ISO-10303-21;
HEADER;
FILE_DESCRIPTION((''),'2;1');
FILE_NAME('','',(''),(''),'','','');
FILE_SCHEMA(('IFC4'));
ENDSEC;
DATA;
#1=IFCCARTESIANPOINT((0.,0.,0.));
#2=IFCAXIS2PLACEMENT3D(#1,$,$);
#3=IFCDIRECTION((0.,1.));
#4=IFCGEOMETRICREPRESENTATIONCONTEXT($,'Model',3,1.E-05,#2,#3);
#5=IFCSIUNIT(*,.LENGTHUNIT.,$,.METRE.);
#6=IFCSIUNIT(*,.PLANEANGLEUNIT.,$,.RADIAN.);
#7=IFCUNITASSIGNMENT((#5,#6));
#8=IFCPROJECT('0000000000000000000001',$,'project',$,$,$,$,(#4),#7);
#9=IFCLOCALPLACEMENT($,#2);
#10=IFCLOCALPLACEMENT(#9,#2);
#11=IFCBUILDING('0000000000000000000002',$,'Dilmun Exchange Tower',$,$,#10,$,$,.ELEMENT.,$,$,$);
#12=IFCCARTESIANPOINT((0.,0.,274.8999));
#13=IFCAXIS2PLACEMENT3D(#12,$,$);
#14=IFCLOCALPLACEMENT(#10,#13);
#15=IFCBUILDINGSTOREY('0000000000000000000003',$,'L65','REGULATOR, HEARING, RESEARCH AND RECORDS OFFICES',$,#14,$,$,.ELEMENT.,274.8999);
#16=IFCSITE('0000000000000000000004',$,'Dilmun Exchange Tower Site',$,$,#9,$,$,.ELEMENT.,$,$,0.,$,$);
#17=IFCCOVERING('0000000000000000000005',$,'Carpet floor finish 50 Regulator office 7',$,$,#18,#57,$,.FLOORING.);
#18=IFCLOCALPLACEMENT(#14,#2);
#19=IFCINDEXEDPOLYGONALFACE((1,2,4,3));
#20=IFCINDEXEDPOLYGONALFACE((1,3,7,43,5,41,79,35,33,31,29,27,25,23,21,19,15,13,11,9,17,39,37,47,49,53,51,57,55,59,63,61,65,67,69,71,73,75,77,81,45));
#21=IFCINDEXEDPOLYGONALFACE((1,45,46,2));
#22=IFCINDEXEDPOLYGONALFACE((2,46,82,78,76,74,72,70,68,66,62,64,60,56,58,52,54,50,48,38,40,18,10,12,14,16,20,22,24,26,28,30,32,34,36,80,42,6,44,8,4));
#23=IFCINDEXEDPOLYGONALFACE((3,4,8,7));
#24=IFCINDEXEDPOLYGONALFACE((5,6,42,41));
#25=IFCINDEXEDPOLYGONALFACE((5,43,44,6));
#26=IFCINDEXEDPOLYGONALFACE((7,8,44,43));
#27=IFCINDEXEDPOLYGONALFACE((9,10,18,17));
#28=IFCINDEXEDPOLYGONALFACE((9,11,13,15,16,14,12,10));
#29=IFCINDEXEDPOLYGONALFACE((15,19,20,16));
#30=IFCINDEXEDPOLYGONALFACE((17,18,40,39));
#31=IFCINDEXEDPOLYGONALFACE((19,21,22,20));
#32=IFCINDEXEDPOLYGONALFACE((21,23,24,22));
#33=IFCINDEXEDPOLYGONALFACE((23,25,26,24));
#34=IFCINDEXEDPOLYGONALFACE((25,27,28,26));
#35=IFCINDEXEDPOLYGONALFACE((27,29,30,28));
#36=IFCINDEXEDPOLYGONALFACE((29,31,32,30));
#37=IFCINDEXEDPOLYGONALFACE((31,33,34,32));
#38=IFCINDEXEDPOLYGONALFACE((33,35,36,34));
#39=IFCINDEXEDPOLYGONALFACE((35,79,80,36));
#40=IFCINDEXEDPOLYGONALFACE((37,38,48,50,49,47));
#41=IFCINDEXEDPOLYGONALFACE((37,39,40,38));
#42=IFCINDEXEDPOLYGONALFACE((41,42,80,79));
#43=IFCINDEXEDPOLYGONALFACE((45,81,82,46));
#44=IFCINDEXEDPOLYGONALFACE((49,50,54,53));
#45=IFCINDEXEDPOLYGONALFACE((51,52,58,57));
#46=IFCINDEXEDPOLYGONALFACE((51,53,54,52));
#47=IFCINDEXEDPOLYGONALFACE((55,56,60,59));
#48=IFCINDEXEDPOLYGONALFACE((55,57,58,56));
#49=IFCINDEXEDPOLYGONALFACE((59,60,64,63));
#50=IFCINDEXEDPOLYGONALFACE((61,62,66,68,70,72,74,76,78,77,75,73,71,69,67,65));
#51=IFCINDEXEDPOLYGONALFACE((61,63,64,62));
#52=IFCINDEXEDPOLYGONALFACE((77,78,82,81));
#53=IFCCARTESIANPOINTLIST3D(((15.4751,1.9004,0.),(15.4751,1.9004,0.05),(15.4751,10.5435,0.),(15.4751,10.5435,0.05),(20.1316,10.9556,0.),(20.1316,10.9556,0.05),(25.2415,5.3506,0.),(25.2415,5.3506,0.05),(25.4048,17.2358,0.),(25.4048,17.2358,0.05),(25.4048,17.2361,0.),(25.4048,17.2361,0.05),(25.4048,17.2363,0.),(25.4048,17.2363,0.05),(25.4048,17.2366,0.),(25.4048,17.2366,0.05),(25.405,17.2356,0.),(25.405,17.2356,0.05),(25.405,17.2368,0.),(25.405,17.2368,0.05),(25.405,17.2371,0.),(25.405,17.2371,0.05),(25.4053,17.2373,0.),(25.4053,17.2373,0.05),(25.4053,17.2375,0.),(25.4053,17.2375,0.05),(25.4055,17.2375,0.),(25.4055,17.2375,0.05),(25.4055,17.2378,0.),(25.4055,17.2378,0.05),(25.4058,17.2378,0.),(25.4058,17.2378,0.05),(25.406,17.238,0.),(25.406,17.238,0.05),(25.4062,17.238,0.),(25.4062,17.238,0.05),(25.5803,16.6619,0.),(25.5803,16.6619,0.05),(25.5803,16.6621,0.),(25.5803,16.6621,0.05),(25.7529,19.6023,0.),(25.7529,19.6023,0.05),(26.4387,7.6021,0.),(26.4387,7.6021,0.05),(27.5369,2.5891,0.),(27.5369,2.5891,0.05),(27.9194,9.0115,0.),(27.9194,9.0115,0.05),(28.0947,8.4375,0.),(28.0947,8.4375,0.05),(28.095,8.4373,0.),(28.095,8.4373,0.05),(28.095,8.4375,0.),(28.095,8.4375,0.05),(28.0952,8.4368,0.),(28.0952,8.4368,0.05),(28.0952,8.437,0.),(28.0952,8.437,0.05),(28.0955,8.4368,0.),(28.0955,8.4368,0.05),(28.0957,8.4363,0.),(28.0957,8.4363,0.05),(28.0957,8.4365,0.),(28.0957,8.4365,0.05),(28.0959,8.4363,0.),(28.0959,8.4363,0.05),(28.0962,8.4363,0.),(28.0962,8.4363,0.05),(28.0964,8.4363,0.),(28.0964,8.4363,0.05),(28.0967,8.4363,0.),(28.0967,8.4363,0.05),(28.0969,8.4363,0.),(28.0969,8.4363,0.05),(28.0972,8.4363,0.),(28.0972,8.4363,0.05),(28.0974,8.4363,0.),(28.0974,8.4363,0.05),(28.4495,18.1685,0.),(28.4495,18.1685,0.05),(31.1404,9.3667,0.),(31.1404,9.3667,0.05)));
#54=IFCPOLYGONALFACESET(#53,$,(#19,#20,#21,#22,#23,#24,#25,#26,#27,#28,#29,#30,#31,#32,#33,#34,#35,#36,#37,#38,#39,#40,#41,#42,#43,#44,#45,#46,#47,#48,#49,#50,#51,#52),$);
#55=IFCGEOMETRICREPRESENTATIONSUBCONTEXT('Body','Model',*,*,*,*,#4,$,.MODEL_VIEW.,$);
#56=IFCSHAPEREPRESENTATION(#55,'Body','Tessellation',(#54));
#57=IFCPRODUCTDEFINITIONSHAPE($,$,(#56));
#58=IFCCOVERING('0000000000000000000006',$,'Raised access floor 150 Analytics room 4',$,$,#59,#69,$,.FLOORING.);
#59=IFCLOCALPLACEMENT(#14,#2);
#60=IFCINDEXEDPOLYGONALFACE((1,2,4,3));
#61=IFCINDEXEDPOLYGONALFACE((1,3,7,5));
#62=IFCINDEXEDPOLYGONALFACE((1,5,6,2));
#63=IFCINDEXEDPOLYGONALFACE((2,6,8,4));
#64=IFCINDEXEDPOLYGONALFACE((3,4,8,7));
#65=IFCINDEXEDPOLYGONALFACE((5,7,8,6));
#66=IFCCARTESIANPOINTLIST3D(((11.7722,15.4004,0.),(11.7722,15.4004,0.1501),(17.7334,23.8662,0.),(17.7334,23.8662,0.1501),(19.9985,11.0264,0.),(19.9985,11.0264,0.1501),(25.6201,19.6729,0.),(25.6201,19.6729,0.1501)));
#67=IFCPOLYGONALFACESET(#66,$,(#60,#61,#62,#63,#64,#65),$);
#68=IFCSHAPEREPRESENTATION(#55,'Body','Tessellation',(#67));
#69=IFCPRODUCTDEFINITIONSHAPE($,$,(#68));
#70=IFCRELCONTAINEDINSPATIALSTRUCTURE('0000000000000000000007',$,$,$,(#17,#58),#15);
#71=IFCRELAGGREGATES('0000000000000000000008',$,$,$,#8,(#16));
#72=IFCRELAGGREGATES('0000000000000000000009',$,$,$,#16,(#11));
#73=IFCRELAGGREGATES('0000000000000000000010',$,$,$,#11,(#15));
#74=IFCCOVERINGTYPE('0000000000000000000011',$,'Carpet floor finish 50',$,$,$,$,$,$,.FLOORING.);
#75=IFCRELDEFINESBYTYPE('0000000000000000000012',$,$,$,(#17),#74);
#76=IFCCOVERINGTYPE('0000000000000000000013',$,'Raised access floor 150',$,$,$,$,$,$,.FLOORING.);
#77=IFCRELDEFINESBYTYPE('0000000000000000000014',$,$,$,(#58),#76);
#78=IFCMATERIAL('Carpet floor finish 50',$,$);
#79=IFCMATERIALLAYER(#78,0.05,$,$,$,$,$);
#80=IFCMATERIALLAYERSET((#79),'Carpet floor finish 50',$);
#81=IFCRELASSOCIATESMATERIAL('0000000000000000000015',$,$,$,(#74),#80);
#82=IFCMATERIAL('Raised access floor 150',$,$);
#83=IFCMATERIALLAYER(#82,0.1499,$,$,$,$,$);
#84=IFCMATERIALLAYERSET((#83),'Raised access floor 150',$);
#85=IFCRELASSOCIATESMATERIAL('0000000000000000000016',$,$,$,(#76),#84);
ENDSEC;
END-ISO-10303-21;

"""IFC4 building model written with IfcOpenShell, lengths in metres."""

from ifc_helpers import new_model, si_unit, direction, frame, origin, place, context, subcontext, project, spatial, polyline, outline, extrude, material, layer, layer_set, type_object, element, save


model = new_model("IFC4")

# Units and contexts
model_context = context("Model", 3, precision=1e-05, world=origin(), true_north=direction((0.0, 1.0)))
body_context = subcontext(model_context, "Body", "Model", "MODEL_VIEW")
ifc_project = project(units=[si_unit("LENGTHUNIT", "METRE"), si_unit("PLANEANGLEUNIT", "RADIAN")], contexts=[model_context])

# Site, building, storey
site_placement = place(None, origin())
site = spatial("IfcSite", under=ifc_project, at=site_placement, Name="Dilmun Exchange Tower Site", CompositionType="ELEMENT", RefElevation=0.0)
building_placement = place(site_placement, origin())
building = spatial("IfcBuilding", under=site, at=building_placement, Name="Dilmun Exchange Tower", CompositionType="ELEMENT")
storey_placement = place(building_placement, frame((0.0, 0.0, 274.8999)))
storey = spatial("IfcBuildingStorey", under=building, at=storey_placement, Name="L65", Description="REGULATOR, HEARING, RESEARCH AND RECORDS OFFICES", CompositionType="ELEMENT", Elevation=274.8999)

# Coverings
ifc_material_1 = material(Name="Carpet floor finish 50")
ifc_layer_1 = layer(ifc_material_1, 0.05)
ifc_layer_set_1 = layer_set([ifc_layer_1], Name="Carpet floor finish 50")
covering_type_1 = type_object("IfcCoveringType", Name="Carpet floor finish 50", PredefinedType="FLOORING", material=ifc_layer_set_1)
covering_1_placement = place(storey_placement, origin())
element("IfcCovering", 1, at=covering_1_placement, inside=storey, type_object=covering_type_1, Name="Carpet floor finish 50 Regulator office 7", PredefinedType="FLOORING", context=body_context, shape_type="SweptSolid", body=[
    extrude(outline(polyline([(25.2415, 5.3506), (26.4387, 7.6021), (20.1316, 10.9556), (25.7529, 19.6023), (28.4495, 18.1685), (25.4062, 17.238), (25.406, 17.238), (25.406, 17.238), (25.4058, 17.2378), (25.4055, 17.2378), (25.4055, 17.2375), (25.4053, 17.2375), (25.4053, 17.2373), (25.405, 17.2371), (25.405, 17.2371), (25.405, 17.2368), (25.4048, 17.2366), (25.4048, 17.2363), (25.4048, 17.2361), (25.4048, 17.2361), (25.4048, 17.2358), (25.405, 17.2356), (25.5803, 16.6621), (25.5803, 16.6619), (27.9194, 9.0115), (28.0947, 8.4375), (28.095, 8.4375), (28.095, 8.4373), (28.0952, 8.437), (28.0952, 8.437), (28.0952, 8.4368), (28.0955, 8.4368), (28.0957, 8.4365), (28.0957, 8.4363), (28.0959, 8.4363), (28.0962, 8.4363), (28.0962, 8.4363), (28.0964, 8.4363), (28.0967, 8.4363), (28.0969, 8.4363), (28.0972, 8.4363), (28.0974, 8.4363), (31.1404, 9.3667), (27.5369, 2.5891), (15.4751, 1.9004), (15.4751, 10.5435), (25.2415, 5.3506)])), origin(), (0.0, 0.0, 1.0), 0.05),
])
ifc_material_2 = material(Name="Raised access floor 150")
ifc_layer_2 = layer(ifc_material_2, 0.1499)
ifc_layer_set_2 = layer_set([ifc_layer_2], Name="Raised access floor 150")
covering_type_2 = type_object("IfcCoveringType", Name="Raised access floor 150", PredefinedType="FLOORING", material=ifc_layer_set_2)
covering_2_placement = place(storey_placement, origin())
element("IfcCovering", 2, at=covering_2_placement, inside=storey, type_object=covering_type_2, Name="Raised access floor 150 Analytics room 4", PredefinedType="FLOORING", context=body_context, shape_type="SweptSolid", body=[
    extrude(outline(polyline([(11.7722, 15.4004), (17.7334, 23.8662), (25.6201, 19.6729), (19.9985, 11.0264), (11.7722, 15.4004)])), origin(), (0.0, 0.0, 1.0), 0.1501),
])

save(model, "model.ifc")
